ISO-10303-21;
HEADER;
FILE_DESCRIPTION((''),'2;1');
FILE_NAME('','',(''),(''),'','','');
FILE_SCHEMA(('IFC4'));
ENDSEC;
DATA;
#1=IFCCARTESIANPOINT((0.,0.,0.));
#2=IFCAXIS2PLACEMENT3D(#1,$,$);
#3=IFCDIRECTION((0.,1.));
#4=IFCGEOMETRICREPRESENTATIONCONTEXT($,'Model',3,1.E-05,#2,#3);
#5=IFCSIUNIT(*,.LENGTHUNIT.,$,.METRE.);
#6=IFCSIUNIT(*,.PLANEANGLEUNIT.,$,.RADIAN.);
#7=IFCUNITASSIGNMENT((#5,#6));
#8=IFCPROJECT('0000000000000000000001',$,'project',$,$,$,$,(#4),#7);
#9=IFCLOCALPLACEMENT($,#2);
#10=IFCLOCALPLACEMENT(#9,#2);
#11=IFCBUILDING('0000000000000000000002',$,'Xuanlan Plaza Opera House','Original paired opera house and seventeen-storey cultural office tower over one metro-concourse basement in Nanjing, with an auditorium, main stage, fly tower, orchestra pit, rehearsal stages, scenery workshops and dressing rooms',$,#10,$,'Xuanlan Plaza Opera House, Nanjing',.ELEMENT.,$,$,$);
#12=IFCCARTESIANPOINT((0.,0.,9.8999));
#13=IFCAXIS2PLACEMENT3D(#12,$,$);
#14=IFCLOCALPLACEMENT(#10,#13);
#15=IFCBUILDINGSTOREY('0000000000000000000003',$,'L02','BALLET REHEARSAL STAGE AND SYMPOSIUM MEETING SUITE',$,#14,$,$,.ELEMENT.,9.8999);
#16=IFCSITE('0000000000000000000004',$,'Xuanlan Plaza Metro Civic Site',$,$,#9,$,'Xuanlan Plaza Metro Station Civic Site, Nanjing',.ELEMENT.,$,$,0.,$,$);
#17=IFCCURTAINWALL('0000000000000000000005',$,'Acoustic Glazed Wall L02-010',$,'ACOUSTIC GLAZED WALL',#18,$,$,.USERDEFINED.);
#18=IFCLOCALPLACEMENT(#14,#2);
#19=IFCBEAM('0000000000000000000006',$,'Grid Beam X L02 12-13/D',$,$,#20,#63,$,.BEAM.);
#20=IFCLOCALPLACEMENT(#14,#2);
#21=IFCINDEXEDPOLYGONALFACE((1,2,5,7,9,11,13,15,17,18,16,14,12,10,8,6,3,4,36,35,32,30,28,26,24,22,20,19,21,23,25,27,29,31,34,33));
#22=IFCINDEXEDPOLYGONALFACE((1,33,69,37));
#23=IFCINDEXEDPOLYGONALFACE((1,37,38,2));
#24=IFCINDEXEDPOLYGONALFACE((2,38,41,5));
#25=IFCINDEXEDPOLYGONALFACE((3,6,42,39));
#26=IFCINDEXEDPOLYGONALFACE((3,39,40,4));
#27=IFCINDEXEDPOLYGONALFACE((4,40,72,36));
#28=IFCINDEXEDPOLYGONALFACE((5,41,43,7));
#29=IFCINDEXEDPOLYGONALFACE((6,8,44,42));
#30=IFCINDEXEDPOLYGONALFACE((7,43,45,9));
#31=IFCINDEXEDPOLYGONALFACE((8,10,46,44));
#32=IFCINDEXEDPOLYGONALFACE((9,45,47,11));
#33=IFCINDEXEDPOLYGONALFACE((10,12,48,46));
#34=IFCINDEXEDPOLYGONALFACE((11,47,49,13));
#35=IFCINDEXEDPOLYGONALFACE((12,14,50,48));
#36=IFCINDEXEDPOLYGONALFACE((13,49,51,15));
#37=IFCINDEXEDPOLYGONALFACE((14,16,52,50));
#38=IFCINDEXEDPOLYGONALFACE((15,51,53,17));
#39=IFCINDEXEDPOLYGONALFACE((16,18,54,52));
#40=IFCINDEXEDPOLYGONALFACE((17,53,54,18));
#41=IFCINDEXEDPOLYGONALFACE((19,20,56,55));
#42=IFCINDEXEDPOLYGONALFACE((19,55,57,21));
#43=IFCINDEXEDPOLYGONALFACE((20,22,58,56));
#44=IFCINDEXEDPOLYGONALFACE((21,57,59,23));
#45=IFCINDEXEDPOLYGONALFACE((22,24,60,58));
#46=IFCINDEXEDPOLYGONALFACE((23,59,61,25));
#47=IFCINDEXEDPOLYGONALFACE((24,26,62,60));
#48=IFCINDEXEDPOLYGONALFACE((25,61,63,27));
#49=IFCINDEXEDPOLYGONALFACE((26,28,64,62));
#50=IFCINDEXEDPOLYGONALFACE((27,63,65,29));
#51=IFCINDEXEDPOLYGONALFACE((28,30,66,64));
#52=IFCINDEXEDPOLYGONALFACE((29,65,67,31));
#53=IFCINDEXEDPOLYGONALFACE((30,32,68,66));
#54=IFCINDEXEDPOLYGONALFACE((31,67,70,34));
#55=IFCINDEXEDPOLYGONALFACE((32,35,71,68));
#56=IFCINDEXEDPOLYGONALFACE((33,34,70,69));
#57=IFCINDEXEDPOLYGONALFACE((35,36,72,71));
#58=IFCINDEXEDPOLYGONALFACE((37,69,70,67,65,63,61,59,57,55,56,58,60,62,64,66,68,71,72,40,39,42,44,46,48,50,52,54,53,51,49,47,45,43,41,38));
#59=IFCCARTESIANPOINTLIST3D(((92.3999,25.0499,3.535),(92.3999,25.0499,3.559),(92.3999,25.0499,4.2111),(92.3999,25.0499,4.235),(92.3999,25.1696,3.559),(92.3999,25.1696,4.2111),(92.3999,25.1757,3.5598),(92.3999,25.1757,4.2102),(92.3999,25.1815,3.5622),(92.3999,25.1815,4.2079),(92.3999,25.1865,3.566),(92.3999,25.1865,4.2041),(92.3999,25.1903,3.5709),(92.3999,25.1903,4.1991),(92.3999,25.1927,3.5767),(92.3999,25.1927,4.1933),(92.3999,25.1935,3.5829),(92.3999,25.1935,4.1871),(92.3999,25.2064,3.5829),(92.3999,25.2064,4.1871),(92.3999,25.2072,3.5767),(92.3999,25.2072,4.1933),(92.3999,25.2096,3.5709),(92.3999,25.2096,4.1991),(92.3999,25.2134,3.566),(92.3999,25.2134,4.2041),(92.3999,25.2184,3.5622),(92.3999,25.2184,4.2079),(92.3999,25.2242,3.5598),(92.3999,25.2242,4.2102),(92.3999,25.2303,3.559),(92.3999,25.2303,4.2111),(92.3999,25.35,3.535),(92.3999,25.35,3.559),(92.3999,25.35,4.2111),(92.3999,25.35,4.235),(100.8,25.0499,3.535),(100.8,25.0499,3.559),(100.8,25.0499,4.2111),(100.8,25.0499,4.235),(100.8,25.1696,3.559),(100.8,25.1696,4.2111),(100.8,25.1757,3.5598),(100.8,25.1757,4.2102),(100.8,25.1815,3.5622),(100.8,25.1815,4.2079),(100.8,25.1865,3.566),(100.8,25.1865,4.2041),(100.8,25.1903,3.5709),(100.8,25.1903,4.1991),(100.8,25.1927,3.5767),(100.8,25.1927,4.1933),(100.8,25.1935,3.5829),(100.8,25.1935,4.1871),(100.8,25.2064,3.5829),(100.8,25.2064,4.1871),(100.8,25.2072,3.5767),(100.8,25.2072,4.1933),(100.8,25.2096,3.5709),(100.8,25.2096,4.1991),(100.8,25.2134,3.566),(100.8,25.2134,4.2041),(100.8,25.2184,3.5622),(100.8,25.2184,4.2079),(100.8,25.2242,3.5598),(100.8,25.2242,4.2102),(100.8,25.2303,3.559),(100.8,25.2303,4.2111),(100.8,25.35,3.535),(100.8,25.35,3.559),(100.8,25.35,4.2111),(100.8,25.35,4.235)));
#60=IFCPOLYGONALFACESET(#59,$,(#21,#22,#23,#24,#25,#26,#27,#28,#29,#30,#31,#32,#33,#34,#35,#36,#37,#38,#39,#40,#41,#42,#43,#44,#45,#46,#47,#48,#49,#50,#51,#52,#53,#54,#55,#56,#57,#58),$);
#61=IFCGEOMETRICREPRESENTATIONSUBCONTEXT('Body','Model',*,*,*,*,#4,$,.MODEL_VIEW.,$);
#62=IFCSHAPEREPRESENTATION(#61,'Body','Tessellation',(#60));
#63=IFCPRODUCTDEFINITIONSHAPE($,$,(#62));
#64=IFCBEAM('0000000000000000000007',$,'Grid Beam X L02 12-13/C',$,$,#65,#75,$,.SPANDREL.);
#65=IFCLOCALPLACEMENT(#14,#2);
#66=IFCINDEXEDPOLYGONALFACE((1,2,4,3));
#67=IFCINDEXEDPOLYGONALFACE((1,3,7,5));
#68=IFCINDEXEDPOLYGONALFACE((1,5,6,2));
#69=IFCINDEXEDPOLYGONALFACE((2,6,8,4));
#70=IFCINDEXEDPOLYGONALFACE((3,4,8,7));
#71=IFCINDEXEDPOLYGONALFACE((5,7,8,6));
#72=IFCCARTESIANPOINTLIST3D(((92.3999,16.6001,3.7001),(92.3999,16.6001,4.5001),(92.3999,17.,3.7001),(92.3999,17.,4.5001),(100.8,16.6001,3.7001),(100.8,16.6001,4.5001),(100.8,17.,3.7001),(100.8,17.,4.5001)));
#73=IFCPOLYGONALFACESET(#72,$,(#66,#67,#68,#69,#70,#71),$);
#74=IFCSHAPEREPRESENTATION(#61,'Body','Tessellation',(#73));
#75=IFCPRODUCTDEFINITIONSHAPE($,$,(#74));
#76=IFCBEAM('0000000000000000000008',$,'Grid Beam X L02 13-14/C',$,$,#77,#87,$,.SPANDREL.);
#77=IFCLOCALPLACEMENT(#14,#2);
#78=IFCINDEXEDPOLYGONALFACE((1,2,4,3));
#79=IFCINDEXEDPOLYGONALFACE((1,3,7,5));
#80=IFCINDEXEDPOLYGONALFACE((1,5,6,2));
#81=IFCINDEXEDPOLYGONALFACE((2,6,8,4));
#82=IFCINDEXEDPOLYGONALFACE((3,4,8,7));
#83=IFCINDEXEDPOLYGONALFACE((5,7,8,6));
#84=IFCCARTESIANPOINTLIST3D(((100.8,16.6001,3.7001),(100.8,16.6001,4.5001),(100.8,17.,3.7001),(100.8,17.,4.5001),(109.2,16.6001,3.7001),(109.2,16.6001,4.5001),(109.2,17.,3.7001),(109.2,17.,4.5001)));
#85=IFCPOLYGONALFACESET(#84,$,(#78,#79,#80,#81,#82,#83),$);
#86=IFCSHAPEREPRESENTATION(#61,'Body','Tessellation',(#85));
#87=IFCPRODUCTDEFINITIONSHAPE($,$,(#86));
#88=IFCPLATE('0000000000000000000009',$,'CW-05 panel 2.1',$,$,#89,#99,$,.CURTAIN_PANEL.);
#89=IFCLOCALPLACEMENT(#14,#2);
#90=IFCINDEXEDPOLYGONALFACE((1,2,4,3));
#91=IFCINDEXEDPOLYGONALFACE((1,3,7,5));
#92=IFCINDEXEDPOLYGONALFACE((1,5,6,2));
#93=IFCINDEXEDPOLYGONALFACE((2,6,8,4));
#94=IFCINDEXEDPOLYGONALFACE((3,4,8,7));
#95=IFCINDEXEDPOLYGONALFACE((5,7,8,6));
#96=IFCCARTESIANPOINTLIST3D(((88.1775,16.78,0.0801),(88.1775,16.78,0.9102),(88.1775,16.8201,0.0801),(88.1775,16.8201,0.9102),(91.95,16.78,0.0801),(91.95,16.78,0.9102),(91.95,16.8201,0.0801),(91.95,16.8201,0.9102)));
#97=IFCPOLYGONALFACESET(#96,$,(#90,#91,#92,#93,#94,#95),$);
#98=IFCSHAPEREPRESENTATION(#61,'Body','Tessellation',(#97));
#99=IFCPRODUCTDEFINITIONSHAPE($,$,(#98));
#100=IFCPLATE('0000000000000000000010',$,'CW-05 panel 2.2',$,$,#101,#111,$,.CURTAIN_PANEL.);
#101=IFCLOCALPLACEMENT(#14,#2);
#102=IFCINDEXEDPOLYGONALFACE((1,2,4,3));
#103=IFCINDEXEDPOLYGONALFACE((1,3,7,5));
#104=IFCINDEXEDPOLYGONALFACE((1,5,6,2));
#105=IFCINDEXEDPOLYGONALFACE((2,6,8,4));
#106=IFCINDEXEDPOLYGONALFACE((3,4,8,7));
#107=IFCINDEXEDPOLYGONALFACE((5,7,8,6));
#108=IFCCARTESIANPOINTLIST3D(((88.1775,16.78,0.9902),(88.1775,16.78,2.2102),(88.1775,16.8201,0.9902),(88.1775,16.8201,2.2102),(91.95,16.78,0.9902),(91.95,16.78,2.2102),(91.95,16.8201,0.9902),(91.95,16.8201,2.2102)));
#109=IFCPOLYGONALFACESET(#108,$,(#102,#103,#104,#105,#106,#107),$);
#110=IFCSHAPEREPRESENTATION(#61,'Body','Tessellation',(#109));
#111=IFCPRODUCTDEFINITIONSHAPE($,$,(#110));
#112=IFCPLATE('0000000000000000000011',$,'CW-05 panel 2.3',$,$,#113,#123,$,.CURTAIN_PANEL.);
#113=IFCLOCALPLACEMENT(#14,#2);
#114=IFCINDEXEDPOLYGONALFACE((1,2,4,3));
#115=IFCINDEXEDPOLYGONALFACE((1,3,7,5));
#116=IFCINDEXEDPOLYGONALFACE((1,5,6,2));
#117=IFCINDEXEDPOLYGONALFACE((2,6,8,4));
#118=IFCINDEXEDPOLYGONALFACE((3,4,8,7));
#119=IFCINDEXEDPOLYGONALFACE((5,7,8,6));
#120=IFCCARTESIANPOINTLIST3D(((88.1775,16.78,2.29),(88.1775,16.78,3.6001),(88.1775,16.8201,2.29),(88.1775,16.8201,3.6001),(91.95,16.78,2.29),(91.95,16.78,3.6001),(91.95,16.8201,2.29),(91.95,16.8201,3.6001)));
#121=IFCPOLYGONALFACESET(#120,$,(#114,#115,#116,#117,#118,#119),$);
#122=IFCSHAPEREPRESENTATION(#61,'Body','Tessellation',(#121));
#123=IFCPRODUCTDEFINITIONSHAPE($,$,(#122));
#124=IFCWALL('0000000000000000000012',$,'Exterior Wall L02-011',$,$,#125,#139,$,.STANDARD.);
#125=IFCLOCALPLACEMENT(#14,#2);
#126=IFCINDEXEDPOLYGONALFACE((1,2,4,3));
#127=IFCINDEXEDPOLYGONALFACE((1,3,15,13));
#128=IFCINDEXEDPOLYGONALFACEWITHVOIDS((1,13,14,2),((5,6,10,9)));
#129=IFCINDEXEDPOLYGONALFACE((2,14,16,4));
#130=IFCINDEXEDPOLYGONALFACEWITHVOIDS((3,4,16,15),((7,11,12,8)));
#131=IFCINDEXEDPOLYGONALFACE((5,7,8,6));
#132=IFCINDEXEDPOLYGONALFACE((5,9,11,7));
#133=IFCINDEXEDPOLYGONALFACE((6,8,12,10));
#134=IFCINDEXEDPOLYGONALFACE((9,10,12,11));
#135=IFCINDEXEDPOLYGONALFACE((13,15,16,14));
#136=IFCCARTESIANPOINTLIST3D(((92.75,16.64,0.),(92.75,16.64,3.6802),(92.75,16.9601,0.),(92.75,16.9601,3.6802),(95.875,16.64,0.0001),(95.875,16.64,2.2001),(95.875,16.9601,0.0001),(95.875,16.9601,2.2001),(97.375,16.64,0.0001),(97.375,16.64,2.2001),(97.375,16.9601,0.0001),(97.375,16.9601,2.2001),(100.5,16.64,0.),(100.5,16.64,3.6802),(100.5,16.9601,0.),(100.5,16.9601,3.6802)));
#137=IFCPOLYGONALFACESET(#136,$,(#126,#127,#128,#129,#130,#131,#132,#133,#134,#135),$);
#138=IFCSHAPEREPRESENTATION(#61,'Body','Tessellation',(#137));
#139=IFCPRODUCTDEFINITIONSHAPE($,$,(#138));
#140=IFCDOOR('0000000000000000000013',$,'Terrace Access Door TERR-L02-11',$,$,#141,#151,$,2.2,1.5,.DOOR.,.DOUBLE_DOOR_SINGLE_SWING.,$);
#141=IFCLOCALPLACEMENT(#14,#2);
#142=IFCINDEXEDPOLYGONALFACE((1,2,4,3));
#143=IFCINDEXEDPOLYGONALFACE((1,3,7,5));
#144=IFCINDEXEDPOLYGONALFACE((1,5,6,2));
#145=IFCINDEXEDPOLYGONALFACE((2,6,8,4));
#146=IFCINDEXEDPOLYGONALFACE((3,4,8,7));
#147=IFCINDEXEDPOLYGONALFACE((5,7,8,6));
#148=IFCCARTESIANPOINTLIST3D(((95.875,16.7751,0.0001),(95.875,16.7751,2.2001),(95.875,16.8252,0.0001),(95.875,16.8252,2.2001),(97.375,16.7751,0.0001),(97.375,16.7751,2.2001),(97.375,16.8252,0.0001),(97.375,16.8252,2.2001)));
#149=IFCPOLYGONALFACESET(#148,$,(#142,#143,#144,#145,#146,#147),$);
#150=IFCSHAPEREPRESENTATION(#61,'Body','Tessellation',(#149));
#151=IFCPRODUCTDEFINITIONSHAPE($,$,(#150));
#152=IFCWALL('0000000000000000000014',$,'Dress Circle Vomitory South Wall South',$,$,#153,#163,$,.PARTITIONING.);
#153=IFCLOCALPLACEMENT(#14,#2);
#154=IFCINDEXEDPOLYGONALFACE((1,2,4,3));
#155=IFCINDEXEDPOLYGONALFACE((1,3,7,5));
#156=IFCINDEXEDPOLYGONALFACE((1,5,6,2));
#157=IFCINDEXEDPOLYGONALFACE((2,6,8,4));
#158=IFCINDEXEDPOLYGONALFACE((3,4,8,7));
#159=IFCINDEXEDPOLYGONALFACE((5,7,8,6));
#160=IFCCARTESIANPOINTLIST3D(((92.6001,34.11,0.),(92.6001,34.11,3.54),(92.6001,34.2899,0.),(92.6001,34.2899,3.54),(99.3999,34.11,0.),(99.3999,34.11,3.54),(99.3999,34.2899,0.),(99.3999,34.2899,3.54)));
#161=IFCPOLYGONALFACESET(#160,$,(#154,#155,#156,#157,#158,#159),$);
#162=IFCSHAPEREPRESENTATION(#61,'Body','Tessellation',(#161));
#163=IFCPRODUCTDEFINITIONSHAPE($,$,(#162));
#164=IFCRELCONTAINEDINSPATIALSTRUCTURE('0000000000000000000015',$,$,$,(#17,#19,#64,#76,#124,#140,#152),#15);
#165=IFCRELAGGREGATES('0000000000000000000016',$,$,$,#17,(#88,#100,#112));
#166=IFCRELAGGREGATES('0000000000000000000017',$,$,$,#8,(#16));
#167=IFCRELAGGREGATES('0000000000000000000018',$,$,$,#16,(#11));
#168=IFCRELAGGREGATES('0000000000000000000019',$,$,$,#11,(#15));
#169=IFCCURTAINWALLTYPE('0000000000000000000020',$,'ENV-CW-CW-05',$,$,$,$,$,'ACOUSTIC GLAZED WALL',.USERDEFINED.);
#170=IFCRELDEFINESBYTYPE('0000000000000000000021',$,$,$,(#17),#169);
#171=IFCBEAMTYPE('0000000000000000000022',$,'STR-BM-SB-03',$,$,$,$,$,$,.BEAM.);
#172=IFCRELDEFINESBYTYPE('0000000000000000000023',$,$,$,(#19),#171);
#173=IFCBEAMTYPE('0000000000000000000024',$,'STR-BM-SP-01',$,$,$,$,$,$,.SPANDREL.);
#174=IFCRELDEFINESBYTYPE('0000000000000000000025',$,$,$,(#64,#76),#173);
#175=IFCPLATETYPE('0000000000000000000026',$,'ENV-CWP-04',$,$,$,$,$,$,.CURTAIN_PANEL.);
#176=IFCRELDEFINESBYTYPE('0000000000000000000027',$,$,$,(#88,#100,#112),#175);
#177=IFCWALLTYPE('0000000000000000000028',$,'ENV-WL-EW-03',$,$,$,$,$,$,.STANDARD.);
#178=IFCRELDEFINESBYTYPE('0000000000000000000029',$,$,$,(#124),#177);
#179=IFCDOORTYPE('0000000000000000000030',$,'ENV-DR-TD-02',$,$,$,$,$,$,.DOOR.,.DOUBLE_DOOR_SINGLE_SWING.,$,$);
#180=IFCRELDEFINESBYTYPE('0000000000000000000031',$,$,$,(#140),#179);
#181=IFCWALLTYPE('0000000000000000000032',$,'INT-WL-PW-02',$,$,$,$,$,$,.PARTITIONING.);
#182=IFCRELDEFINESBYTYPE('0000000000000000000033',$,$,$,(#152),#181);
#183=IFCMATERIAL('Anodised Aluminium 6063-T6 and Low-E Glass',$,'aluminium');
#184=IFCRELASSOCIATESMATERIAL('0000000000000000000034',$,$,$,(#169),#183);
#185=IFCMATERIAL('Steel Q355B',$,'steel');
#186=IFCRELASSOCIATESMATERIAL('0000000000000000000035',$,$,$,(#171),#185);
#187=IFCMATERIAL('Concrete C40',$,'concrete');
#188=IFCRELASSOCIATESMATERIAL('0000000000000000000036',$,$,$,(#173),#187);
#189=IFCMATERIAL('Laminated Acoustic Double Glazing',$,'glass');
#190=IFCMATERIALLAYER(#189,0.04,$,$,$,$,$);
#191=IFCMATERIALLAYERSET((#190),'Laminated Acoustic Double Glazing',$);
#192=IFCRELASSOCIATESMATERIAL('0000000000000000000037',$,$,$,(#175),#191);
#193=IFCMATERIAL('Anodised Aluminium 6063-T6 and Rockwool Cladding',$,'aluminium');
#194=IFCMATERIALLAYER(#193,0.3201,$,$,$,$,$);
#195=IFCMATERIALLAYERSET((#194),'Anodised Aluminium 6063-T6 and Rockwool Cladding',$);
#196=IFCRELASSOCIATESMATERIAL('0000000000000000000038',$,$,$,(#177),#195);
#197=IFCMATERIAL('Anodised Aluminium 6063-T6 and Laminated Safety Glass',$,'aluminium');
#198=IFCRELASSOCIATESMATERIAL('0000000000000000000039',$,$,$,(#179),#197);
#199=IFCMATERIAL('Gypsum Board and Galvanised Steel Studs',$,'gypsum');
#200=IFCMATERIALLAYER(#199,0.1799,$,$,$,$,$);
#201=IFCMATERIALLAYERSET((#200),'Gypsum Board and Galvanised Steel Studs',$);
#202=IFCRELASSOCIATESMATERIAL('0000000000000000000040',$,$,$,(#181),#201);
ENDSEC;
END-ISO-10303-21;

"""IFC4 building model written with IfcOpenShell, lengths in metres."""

from ifc_helpers import new_model, si_unit, direction, frame, frame_2d, origin, origin_2d, place, context, subcontext, project, spatial, rectangle, i_section, extrude, material, layer, layer_set, material_profile, profile_set, type_object, element, fill, aggregate, save


model = new_model("IFC4")

# Units and contexts
model_context = context("Model", 3, precision=1e-05, world=origin(), true_north=direction((0.0, 1.0)))
body_context = subcontext(model_context, "Body", "Model", "MODEL_VIEW")
ifc_project = project(units=[si_unit("LENGTHUNIT", "METRE"), si_unit("PLANEANGLEUNIT", "RADIAN")], contexts=[model_context])

# Site, building, storey
site_placement = place(None, origin())
site = spatial("IfcSite", under=ifc_project, at=site_placement, Name="Xuanlan Plaza Metro Civic Site", LongName="Xuanlan Plaza Metro Station Civic Site, Nanjing", CompositionType="ELEMENT", RefElevation=0.0)
building_placement = place(site_placement, origin())
building = spatial("IfcBuilding", under=site, at=building_placement, Name="Xuanlan Plaza Opera House", Description="Original paired opera house and seventeen-storey cultural office tower over one metro-concourse basement in Nanjing, with an auditorium, main stage, fly tower, orchestra pit, rehearsal stages, scenery workshops and dressing rooms", LongName="Xuanlan Plaza Opera House, Nanjing", CompositionType="ELEMENT")
storey_placement = place(building_placement, frame((0.0, 0.0, 9.8999)))
storey = spatial("IfcBuildingStorey", under=building, at=storey_placement, Name="L02", Description="BALLET REHEARSAL STAGE AND SYMPOSIUM MEETING SUITE", CompositionType="ELEMENT", Elevation=9.8999)

# Shared definitions
ifc_material_1 = material(Name="Concrete C40", Category="concrete")

# Curtain wall
ifc_material_2 = material(Name="Anodised Aluminium 6063-T6 and Low-E Glass", Category="aluminium")
curtain_wall_type = type_object("IfcCurtainWallType", Name="ENV-CW-CW-05", ElementType="ACOUSTIC GLAZED WALL", PredefinedType="USERDEFINED", material=ifc_material_2)
curtain_wall_placement = place(storey_placement, origin())
curtain_wall = element("IfcCurtainWall", 1, at=curtain_wall_placement, inside=storey, type_object=curtain_wall_type, Name="Acoustic Glazed Wall L02-010", ObjectType="ACOUSTIC GLAZED WALL", PredefinedType="USERDEFINED")

# Beams
ifc_material_3 = material(Name="Steel Q355B", Category="steel")
ifc_material_profile_1 = material_profile(ifc_material_3, i_section(OverallWidth=0.3, OverallDepth=0.7, WebThickness=0.0129, FlangeThickness=0.0239, FilletRadius=0.0239, at=origin_2d()), Name="HN 700x300x13x24")
ifc_profile_set_1 = profile_set([ifc_material_profile_1], Name="Steel Q355B")
beam_type_1 = type_object("IfcBeamType", Name="STR-BM-SB-03", PredefinedType="BEAM", material=ifc_profile_set_1)
beam_1_placement = place(storey_placement, frame((92.3999, 25.2, 3.885), z_axis=(1.0, 0.0, 0.0), x_axis=(0.0, 1.0, 0.0)))
element("IfcBeam", 2, at=beam_1_placement, inside=storey, type_object=beam_type_1, Name="Grid Beam X L02 12-13/D", PredefinedType="BEAM", context=body_context, shape_type="SweptSolid", body=[
    extrude(i_section(OverallWidth=0.3, OverallDepth=0.7, WebThickness=0.0129, FlangeThickness=0.0239, FilletRadius=0.0239, at=origin_2d()), origin(), (0.0, 0.0, 1.0), 8.4001),
])
ifc_material_profile_2 = material_profile(ifc_material_1, rectangle(XDim=0.3999, YDim=0.8, at=origin_2d()), Name="RC-SPD 400x800")
ifc_profile_set_2 = profile_set([ifc_material_profile_2], Name="Concrete C40")
beam_type_2 = type_object("IfcBeamType", Name="STR-BM-SP-01", PredefinedType="SPANDREL", material=ifc_profile_set_2)
beam_2_placement = place(storey_placement, frame((92.3999, 16.8, 4.1001), z_axis=(1.0, 0.0, 0.0), x_axis=(0.0, 1.0, 0.0)))
element("IfcBeam", 3, at=beam_2_placement, inside=storey, type_object=beam_type_2, Name="Grid Beam X L02 12-13/C", PredefinedType="SPANDREL", context=body_context, shape_type="SweptSolid", body=[
    extrude(rectangle(XDim=0.3999, YDim=0.8, at=origin_2d()), origin(), (0.0, 0.0, 1.0), 8.4001),
])
beam_3_placement = place(storey_placement, frame((100.8, 16.8, 4.1001), z_axis=(1.0, 0.0, 0.0), x_axis=(0.0, 1.0, 0.0)))
element("IfcBeam", 4, at=beam_3_placement, inside=storey, type_object=beam_type_2, Name="Grid Beam X L02 13-14/C", PredefinedType="SPANDREL", context=body_context, shape_type="SweptSolid", body=[
    extrude(rectangle(XDim=0.3999, YDim=0.8, at=origin_2d()), origin(), (0.0, 0.0, 1.0), 8.3999),
])

# Plates
ifc_material_4 = material(Name="Laminated Acoustic Double Glazing", Category="glass")
ifc_layer_1 = layer(ifc_material_4, 0.04)
ifc_layer_set_1 = layer_set([ifc_layer_1], Name="Laminated Acoustic Double Glazing")
plate_type = type_object("IfcPlateType", Name="ENV-CWP-04", PredefinedType="CURTAIN_PANEL", material=ifc_layer_set_1)
plate_1_placement = place(storey_placement, frame((90.0637, 16.8, 0.0801), z_axis=(0.0, 0.0, 1.0), x_axis=(1.0, 0.0, 0.0)))
plate_1 = element("IfcPlate", 5, at=plate_1_placement, type_object=plate_type, Name="CW-05 panel 2.1", PredefinedType="CURTAIN_PANEL", context=body_context, shape_type="SweptSolid", body=[
    extrude(rectangle(XDim=3.7725, YDim=0.04, at=origin_2d()), origin(), (0.0, 0.0, 1.0), 0.8301),
])
plate_2_placement = place(storey_placement, frame((90.0637, 16.8, 0.9902), z_axis=(0.0, 0.0, 1.0), x_axis=(1.0, 0.0, 0.0)))
plate_2 = element("IfcPlate", 6, at=plate_2_placement, type_object=plate_type, Name="CW-05 panel 2.2", PredefinedType="CURTAIN_PANEL", context=body_context, shape_type="SweptSolid", body=[
    extrude(rectangle(XDim=3.7725, YDim=0.04, at=origin_2d()), origin(), (0.0, 0.0, 1.0), 1.22),
])
plate_3_placement = place(storey_placement, frame((90.0637, 16.8, 2.29), z_axis=(0.0, 0.0, 1.0), x_axis=(1.0, 0.0, 0.0)))
plate_3 = element("IfcPlate", 7, at=plate_3_placement, type_object=plate_type, Name="CW-05 panel 2.3", PredefinedType="CURTAIN_PANEL", context=body_context, shape_type="SweptSolid", body=[
    extrude(rectangle(XDim=3.7725, YDim=0.04, at=origin_2d()), origin(), (0.0, 0.0, 1.0), 1.3101),
])
aggregate(curtain_wall, [plate_1, plate_2, plate_3])

# Wall, opening, door
ifc_material_5 = material(Name="Anodised Aluminium 6063-T6 and Rockwool Cladding", Category="aluminium")
ifc_layer_2 = layer(ifc_material_5, 0.3201)
ifc_layer_set_2 = layer_set([ifc_layer_2], Name="Anodised Aluminium 6063-T6 and Rockwool Cladding")
wall_type_1 = type_object("IfcWallType", Name="ENV-WL-EW-03", PredefinedType="STANDARD", material=ifc_layer_set_2)
wall_1_placement = place(storey_placement, frame((92.75, 16.8, 0.0), z_axis=(0.0, 0.0, 1.0), x_axis=(1.0, 0.0, 0.0)))
wall_1 = element("IfcWall", 8, at=wall_1_placement, inside=storey, type_object=wall_type_1, Name="Exterior Wall L02-011", PredefinedType="STANDARD", context=body_context, shape_type="SweptSolid", body=[
    extrude(rectangle(XDim=7.75, YDim=0.3201, at=frame_2d((3.875, 0.0))), origin(), (0.0, 0.0, 1.0), 3.6802),
])
opening_1_placement = place(wall_1_placement, frame((3.125, 0.0, 0.0)))
opening_1 = element("IfcOpeningElement", 9, at=opening_1_placement, cuts=wall_1, PredefinedType="OPENING", context=body_context, shape_type="SweptSolid", body=[
    extrude(rectangle(XDim=1.5, YDim=2.2, at=frame_2d((0.75, 1.1001))), frame((0.0, 0.1699, 0.0), z_axis=(0.0, -1.0, 0.0), x_axis=(1.0, 0.0, 0.0)), (0.0, 0.0, 1.0), 0.3401),
])
ifc_material_6 = material(Name="Anodised Aluminium 6063-T6 and Laminated Safety Glass", Category="aluminium")
door_type_1 = type_object("IfcDoorType", Name="ENV-DR-TD-02", OperationType="DOUBLE_DOOR_SINGLE_SWING", PredefinedType="DOOR", material=ifc_material_6)
door_1_placement = place(opening_1_placement, frame((1.5, 0.0, 0.0), z_axis=(0.0, 0.0, 1.0), x_axis=(-1.0, 0.0, 0.0)))
door_1 = element("IfcDoor", 10, at=door_1_placement, inside=storey, type_object=door_type_1, Name="Terrace Access Door TERR-L02-11", OperationType="DOUBLE_DOOR_SINGLE_SWING", OverallHeight=2.2, OverallWidth=1.5, PredefinedType="DOOR", context=body_context, shape_type="SweptSolid", body=[
    extrude(rectangle(XDim=1.5, YDim=2.2, at=frame_2d((0.75, 1.1001))), frame((0.0, 0.0249, 0.0), z_axis=(0.0, -1.0, 0.0), x_axis=(1.0, 0.0, 0.0)), (0.0, 0.0, 1.0), 0.05),
])
fill(opening_1, door_1)

# Wall
ifc_material_7 = material(Name="Gypsum Board and Galvanised Steel Studs", Category="gypsum")
ifc_layer_3 = layer(ifc_material_7, 0.1799)
ifc_layer_set_3 = layer_set([ifc_layer_3], Name="Gypsum Board and Galvanised Steel Studs")
wall_type_2 = type_object("IfcWallType", Name="INT-WL-PW-02", PredefinedType="PARTITIONING", material=ifc_layer_set_3)
wall_2_placement = place(storey_placement, frame((92.6001, 34.2, 0.0), z_axis=(0.0, 0.0, 1.0), x_axis=(1.0, 0.0, 0.0)))
element("IfcWall", 11, at=wall_2_placement, inside=storey, type_object=wall_type_2, Name="Dress Circle Vomitory South Wall South", PredefinedType="PARTITIONING", context=body_context, shape_type="SweptSolid", body=[
    extrude(rectangle(XDim=6.7998, YDim=0.1799, at=frame_2d((3.3999, 0.0))), origin(), (0.0, 0.0, 1.0), 3.54),
])

save(model, "model.ifc")
